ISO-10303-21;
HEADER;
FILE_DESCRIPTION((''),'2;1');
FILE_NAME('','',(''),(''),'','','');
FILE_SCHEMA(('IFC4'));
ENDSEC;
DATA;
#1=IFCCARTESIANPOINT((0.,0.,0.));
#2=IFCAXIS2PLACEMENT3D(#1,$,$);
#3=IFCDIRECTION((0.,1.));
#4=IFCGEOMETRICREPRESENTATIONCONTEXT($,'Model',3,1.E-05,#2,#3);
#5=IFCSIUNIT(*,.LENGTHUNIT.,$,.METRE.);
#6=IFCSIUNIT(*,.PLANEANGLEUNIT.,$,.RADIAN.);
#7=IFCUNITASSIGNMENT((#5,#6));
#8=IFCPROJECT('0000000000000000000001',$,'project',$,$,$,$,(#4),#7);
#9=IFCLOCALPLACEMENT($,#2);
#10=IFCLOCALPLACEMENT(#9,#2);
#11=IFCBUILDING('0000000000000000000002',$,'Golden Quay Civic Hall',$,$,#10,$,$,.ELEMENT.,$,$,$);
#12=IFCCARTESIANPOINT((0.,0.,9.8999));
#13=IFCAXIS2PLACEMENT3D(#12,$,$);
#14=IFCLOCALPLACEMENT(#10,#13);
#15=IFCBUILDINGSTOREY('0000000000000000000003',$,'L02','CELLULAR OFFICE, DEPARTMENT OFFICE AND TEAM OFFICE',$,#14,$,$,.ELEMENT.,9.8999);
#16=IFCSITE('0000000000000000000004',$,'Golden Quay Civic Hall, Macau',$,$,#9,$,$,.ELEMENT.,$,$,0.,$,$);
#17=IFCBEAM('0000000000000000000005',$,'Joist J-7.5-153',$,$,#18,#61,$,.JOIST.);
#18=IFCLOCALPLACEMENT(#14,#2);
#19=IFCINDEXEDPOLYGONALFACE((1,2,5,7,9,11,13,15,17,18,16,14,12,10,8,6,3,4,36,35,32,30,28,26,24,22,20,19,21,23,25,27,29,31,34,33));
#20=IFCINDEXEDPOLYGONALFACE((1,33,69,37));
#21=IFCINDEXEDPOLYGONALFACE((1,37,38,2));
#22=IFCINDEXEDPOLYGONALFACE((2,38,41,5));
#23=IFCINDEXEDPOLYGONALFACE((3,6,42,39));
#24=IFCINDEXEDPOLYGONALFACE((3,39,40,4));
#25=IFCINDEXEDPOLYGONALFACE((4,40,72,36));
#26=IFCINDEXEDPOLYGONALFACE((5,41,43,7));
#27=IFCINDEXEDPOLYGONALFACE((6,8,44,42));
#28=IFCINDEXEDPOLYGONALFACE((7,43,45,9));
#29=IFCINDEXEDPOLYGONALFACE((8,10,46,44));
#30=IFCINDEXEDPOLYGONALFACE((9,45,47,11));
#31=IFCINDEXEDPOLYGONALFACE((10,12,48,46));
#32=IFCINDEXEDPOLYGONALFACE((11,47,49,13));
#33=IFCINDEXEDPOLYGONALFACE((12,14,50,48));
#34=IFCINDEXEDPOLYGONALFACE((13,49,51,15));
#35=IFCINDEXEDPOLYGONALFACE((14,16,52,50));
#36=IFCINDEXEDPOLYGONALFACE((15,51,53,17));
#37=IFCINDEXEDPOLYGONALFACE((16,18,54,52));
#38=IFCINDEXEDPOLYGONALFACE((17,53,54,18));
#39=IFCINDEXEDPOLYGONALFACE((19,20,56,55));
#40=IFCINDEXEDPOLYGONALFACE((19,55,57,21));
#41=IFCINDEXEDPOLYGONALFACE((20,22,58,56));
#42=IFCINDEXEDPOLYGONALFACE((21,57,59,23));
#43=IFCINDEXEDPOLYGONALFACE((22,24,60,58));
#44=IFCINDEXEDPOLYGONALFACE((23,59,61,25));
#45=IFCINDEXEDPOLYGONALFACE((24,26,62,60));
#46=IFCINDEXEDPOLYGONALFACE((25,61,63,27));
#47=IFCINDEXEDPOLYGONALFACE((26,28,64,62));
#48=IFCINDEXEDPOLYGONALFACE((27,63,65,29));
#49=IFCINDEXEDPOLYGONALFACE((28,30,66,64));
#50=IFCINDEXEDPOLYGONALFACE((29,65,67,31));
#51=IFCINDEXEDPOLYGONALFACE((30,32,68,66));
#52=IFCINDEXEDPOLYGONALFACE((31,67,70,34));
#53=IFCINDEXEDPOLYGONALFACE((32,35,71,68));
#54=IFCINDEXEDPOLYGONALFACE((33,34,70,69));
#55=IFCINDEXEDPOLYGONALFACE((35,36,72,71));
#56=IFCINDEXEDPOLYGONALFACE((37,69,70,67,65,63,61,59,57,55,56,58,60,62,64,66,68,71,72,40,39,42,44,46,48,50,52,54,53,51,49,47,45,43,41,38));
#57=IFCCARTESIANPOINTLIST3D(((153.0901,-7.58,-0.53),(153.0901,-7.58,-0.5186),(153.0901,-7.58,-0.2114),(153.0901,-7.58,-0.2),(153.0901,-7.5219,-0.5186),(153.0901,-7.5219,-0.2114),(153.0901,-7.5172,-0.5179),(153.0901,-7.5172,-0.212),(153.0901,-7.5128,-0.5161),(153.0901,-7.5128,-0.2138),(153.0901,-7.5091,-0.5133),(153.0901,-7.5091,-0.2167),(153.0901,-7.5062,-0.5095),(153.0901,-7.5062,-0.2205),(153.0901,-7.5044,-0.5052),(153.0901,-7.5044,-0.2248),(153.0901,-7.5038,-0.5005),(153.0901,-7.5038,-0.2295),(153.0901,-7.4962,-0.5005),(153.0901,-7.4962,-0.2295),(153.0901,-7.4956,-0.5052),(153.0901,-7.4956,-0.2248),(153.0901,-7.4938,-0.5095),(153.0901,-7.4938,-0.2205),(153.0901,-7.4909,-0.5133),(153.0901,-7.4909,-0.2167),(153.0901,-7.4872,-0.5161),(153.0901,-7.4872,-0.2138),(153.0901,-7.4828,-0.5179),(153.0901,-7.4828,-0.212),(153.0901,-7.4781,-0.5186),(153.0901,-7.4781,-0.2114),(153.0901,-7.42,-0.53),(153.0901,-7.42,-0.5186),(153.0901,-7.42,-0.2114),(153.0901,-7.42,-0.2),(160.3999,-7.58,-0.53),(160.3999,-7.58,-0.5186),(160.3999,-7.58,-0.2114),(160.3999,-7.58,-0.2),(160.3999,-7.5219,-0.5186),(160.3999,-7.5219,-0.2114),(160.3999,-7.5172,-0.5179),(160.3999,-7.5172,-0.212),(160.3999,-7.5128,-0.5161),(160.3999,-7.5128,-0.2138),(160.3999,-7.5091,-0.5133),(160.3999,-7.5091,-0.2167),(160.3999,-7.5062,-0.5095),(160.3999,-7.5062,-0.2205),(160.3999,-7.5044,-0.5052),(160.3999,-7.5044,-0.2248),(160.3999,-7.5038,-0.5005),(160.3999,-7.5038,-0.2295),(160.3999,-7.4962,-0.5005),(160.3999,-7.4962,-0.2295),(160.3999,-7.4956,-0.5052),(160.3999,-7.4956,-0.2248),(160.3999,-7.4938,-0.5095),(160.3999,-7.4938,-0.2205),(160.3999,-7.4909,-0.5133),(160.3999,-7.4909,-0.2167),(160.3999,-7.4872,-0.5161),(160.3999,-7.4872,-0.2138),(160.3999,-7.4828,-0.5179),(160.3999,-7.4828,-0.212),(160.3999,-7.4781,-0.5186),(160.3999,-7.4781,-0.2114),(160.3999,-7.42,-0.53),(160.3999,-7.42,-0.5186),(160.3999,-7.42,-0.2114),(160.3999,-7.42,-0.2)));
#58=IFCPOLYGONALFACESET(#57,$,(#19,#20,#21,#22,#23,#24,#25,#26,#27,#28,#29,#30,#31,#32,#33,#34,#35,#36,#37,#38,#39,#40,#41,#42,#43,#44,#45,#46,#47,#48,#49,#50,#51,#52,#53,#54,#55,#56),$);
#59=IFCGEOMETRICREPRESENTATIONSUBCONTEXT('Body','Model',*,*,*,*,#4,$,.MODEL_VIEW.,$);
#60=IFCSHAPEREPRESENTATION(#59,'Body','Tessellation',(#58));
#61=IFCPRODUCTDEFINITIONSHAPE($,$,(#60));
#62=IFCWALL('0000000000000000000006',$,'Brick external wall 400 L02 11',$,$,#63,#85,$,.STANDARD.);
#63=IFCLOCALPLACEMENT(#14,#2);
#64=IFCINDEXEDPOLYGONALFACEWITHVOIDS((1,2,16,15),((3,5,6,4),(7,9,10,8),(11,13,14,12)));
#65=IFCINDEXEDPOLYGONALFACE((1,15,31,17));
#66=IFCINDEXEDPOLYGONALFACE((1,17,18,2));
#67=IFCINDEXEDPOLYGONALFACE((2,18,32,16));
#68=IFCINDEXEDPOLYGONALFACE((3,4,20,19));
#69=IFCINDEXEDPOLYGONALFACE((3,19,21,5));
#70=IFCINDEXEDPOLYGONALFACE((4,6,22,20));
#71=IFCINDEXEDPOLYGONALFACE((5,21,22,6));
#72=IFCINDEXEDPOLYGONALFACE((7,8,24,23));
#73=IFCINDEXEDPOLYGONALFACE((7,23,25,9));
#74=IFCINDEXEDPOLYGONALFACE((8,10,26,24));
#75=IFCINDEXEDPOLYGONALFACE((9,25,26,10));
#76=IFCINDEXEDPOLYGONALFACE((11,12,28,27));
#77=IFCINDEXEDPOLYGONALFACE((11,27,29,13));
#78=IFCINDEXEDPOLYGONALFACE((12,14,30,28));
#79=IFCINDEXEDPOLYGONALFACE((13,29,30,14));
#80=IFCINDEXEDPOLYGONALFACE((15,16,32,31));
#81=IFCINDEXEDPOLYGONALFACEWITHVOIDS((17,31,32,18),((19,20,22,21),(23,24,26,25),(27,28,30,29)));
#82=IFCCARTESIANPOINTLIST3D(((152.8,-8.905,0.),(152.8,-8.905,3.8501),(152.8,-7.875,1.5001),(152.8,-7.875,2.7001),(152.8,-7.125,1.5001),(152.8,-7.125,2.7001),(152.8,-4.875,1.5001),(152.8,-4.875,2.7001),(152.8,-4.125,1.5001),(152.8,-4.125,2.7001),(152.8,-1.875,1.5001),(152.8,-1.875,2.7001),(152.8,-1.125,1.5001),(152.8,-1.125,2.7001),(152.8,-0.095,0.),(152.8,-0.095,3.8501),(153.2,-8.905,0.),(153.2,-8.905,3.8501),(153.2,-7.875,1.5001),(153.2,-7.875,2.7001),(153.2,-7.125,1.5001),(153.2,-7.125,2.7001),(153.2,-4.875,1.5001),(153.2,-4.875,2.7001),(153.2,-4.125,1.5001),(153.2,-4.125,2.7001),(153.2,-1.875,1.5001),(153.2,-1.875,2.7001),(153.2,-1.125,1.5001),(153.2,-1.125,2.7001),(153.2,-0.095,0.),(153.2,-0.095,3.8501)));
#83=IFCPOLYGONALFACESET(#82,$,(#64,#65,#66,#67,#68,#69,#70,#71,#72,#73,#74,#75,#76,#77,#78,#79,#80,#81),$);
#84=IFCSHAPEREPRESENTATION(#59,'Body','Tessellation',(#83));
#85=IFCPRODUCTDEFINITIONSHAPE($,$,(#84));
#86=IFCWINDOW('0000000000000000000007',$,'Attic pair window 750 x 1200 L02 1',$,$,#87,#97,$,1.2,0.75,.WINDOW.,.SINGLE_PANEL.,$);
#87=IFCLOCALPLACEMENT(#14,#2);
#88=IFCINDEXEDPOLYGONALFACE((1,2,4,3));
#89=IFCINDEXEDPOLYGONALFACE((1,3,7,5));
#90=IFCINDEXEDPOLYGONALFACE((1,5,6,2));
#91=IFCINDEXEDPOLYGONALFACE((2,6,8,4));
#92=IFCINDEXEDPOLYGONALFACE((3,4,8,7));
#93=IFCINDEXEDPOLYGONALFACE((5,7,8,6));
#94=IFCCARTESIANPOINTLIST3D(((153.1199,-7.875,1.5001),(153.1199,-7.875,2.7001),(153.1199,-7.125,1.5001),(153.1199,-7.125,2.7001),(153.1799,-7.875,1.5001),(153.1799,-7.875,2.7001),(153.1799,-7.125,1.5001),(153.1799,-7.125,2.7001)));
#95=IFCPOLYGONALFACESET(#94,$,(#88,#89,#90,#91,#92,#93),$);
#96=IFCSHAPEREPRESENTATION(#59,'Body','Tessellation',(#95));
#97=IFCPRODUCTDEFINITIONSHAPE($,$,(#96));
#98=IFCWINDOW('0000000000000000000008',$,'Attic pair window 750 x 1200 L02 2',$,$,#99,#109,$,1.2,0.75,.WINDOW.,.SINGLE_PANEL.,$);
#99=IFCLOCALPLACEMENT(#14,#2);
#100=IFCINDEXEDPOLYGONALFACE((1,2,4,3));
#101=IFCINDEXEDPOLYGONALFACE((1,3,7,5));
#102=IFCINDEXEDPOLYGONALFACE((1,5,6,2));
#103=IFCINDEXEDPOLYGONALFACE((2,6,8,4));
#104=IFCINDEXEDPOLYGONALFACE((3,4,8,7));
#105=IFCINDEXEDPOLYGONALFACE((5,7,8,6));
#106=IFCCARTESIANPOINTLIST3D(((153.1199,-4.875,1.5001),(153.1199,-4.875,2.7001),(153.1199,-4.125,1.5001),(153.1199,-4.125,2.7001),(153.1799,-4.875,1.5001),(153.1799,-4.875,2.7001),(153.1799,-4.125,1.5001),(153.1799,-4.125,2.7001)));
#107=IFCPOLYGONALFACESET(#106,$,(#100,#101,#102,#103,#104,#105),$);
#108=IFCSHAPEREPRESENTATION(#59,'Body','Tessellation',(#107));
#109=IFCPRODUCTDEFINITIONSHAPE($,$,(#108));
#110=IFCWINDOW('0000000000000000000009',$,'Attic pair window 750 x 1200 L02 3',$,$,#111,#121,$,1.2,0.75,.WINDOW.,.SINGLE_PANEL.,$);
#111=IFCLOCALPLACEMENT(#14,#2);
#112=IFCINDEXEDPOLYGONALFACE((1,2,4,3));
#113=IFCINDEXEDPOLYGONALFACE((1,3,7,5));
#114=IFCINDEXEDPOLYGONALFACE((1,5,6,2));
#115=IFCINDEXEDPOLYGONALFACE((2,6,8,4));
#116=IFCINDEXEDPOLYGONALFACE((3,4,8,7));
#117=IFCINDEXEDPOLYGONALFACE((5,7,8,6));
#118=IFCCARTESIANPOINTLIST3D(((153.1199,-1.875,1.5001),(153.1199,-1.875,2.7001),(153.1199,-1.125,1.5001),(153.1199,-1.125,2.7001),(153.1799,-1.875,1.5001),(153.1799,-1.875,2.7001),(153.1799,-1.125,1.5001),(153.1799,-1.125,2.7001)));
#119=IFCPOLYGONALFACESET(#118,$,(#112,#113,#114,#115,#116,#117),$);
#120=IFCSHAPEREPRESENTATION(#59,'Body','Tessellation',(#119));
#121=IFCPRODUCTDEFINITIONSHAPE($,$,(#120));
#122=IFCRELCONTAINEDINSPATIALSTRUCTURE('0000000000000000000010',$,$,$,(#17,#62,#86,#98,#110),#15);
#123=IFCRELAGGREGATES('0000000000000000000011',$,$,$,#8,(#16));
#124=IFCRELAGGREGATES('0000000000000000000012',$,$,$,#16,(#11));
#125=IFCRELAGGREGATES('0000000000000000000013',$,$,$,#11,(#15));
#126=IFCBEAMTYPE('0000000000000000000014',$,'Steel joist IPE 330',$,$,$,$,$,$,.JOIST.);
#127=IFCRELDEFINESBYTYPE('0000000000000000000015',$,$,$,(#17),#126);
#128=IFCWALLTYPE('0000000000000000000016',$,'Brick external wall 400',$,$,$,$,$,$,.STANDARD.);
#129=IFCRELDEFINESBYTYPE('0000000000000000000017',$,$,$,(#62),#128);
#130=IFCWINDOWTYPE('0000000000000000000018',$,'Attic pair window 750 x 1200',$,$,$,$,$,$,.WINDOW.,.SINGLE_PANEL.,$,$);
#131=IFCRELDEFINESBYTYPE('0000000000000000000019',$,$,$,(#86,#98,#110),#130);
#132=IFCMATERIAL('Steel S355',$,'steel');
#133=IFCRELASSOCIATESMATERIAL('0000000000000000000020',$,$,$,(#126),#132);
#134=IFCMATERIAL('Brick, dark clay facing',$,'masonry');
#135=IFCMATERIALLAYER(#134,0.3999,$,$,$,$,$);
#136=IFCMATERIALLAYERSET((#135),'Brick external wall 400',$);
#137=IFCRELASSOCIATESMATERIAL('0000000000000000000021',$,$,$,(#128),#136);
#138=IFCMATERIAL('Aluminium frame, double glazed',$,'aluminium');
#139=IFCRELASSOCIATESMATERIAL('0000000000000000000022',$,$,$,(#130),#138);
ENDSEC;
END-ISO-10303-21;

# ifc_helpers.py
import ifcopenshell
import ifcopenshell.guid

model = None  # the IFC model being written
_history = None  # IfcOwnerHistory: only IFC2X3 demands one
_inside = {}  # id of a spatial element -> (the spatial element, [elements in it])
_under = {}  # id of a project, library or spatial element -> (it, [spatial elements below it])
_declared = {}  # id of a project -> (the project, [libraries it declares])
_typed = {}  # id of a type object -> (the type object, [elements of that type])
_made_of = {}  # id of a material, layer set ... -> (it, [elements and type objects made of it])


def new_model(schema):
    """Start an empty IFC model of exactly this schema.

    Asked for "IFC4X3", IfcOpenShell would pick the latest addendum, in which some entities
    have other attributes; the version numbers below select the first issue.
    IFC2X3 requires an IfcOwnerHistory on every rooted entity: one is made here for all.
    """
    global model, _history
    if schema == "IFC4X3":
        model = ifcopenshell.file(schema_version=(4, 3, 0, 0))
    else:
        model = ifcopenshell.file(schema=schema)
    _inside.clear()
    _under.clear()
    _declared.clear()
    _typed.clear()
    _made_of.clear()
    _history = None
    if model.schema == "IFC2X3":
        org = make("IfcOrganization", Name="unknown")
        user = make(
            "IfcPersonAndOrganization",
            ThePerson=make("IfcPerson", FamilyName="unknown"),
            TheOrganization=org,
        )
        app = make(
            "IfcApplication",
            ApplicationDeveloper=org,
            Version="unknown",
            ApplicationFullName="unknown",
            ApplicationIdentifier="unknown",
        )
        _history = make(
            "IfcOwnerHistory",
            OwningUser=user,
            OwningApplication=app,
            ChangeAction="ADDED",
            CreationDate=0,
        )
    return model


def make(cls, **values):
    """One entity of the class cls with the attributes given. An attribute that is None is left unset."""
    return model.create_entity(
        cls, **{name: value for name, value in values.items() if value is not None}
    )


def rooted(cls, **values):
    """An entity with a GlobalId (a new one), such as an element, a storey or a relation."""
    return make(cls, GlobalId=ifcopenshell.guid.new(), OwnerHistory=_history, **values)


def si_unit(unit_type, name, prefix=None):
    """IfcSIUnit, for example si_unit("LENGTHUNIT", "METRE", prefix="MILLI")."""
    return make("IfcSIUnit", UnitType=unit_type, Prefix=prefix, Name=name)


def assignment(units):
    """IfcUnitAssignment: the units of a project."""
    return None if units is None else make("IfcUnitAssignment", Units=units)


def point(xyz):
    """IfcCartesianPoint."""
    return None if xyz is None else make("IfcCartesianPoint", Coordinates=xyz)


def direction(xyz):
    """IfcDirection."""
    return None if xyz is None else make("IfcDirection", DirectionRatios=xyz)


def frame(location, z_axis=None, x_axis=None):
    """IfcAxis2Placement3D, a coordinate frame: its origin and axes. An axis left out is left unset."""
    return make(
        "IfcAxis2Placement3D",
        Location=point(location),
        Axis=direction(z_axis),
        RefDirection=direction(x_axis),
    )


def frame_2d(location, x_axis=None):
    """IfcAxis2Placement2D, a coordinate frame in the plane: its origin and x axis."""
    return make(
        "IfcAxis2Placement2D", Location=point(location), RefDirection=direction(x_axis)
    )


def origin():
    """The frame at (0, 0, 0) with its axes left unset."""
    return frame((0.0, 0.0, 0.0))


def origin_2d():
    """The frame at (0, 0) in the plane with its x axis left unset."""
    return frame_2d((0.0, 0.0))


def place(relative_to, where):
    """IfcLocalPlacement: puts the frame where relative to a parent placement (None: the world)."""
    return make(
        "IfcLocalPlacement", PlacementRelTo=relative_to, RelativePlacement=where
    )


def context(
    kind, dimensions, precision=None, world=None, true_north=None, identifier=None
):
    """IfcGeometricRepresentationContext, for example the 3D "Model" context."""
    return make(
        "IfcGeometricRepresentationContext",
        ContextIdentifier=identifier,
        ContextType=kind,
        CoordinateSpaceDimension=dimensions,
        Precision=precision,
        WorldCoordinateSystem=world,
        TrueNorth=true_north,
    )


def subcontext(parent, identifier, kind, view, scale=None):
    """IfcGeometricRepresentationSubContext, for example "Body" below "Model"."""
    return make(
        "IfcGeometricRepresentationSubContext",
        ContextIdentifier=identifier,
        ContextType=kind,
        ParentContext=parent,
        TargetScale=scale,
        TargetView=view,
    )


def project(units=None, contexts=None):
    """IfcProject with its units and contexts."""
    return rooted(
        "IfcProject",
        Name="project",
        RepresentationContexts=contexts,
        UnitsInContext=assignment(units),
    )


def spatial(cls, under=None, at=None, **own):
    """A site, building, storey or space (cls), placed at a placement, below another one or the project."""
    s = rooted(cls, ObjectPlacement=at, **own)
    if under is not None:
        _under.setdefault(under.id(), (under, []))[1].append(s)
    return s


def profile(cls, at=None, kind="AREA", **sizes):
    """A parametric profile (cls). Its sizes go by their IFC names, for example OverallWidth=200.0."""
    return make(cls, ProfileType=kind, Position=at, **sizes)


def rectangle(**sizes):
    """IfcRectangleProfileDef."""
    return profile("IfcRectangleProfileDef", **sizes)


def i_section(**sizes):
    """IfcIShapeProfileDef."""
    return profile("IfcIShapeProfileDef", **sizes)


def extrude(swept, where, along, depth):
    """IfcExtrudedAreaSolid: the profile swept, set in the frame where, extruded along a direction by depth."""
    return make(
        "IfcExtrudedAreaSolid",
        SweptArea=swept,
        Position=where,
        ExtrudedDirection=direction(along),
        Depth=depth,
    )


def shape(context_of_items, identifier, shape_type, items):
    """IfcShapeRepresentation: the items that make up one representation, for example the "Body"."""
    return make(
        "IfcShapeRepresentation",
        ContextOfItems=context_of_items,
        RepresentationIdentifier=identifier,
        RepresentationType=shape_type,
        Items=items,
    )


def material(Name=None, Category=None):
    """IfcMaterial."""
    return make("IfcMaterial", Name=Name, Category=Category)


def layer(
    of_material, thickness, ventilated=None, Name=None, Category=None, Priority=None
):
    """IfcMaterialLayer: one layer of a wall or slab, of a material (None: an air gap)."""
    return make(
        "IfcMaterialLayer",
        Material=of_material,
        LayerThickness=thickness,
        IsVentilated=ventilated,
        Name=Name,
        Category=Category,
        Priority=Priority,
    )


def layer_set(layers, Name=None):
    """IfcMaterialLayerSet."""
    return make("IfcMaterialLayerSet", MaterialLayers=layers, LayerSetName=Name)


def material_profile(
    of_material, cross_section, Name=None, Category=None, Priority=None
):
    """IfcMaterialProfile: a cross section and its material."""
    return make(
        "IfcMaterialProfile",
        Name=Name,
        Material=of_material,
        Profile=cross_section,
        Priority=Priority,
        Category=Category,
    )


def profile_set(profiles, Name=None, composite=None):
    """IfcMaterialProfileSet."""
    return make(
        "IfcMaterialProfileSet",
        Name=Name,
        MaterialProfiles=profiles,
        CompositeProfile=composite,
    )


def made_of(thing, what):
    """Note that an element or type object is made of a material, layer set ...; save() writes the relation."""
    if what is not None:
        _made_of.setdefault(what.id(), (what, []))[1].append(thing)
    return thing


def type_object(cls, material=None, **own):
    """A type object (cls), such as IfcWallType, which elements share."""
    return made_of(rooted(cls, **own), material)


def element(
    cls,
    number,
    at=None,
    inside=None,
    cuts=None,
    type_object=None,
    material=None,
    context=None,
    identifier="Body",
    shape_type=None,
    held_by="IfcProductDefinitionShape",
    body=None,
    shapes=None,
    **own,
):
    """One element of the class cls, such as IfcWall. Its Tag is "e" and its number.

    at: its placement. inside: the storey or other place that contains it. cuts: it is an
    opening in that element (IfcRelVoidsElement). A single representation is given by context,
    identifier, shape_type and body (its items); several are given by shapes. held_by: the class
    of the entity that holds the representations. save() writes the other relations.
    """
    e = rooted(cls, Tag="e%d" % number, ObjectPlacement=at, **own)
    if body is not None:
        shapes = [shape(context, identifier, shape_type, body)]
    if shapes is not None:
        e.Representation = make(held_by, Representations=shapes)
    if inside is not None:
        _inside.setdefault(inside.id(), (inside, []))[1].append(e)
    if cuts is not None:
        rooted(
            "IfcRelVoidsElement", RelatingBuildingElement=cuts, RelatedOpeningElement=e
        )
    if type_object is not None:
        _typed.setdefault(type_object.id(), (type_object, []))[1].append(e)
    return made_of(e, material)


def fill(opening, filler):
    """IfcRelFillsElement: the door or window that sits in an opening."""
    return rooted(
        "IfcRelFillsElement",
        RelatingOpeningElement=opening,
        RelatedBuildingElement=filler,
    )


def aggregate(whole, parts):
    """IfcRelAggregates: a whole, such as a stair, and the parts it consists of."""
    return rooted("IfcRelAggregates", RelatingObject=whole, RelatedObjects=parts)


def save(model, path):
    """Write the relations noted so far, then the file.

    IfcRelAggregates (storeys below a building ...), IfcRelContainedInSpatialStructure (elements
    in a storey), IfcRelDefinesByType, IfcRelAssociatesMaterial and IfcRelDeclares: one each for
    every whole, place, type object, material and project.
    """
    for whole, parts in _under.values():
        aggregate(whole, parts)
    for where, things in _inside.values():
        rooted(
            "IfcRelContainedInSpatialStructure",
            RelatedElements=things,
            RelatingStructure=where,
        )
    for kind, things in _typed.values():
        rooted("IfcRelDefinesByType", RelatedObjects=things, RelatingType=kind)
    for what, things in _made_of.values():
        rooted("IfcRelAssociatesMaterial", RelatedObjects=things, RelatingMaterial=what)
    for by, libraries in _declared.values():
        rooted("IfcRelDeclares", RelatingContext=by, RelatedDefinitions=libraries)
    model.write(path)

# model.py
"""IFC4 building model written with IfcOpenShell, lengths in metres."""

from ifc_helpers import new_model, si_unit, direction, frame, frame_2d, origin, origin_2d, place, context, subcontext, project, spatial, rectangle, i_section, extrude, material, layer, layer_set, material_profile, profile_set, type_object, element, fill, save


model = new_model("IFC4")

# Units and contexts
model_context = context("Model", 3, precision=1e-05, world=origin(), true_north=direction((0.0, 1.0)))
body_context = subcontext(model_context, "Body", "Model", "MODEL_VIEW")
ifc_project = project(units=[si_unit("LENGTHUNIT", "METRE"), si_unit("PLANEANGLEUNIT", "RADIAN")], contexts=[model_context])

# Site, building, storey
site_placement = place(None, origin())
site = spatial("IfcSite", under=ifc_project, at=site_placement, Name="Golden Quay Civic Hall, Macau", CompositionType="ELEMENT", RefElevation=0.0)
building_placement = place(site_placement, origin())
building = spatial("IfcBuilding", under=site, at=building_placement, Name="Golden Quay Civic Hall", CompositionType="ELEMENT")
storey_placement = place(building_placement, frame((0.0, 0.0, 9.8999)))
storey = spatial("IfcBuildingStorey", under=building, at=storey_placement, Name="L02", Description="CELLULAR OFFICE, DEPARTMENT OFFICE AND TEAM OFFICE", CompositionType="ELEMENT", Elevation=9.8999)

# Beam
ifc_material_1 = material(Name="Steel S355", Category="steel")
ifc_material_profile_1 = material_profile(ifc_material_1, i_section(OverallWidth=0.1599, OverallDepth=0.3301, WebThickness=0.0076, FlangeThickness=0.0115, FilletRadius=0.0181, at=origin_2d()), Name="IPE 330")
ifc_profile_set_1 = profile_set([ifc_material_profile_1], Name="Steel S355")
beam_type_1 = type_object("IfcBeamType", Name="Steel joist IPE 330", PredefinedType="JOIST", material=ifc_profile_set_1)
beam_1_placement = place(storey_placement, frame((153.0901, -7.5, -0.365), z_axis=(1.0, 0.0, 0.0), x_axis=(0.0, 1.0, 0.0)))
element("IfcBeam", 1, at=beam_1_placement, inside=storey, type_object=beam_type_1, Name="Joist J-7.5-153", PredefinedType="JOIST", context=body_context, shape_type="SweptSolid", body=[
    extrude(i_section(OverallWidth=0.1599, OverallDepth=0.3301, WebThickness=0.0076, FlangeThickness=0.0115, FilletRadius=0.0181, at=origin_2d()), origin(), (0.0, 0.0, 1.0), 7.3098),
])

# Wall, openings, windows
ifc_material_2 = material(Name="Brick, dark clay facing", Category="masonry")
ifc_layer = layer(ifc_material_2, 0.3999)
ifc_layer_set = layer_set([ifc_layer], Name="Brick external wall 400")
wall_type = type_object("IfcWallType", Name="Brick external wall 400", PredefinedType="STANDARD", material=ifc_layer_set)
wall_placement = place(storey_placement, frame((153.0, -8.905, 0.0), z_axis=(0.0, 0.0, 1.0), x_axis=(0.0, 1.0, 0.0)))
wall = element("IfcWall", 2, at=wall_placement, inside=storey, type_object=wall_type, Name="Brick external wall 400 L02 11", PredefinedType="STANDARD", context=body_context, shape_type="SweptSolid", body=[
    extrude(rectangle(XDim=8.8101, YDim=0.3999, at=frame_2d((4.405, 0.0))), origin(), (0.0, 0.0, 1.0), 3.8501),
])
opening_1_placement = place(wall_placement, frame((1.03, 0.0, 1.5)))
opening_1 = element("IfcOpeningElement", 3, at=opening_1_placement, cuts=wall, PredefinedType="OPENING", context=body_context, shape_type="SweptSolid", body=[
    extrude(rectangle(XDim=0.75, YDim=1.2, at=frame_2d((0.375, 0.6001))), frame((0.0, 0.21, 0.0), z_axis=(0.0, -1.0, 0.0), x_axis=(1.0, 0.0, 0.0)), (0.0, 0.0, 1.0), 0.4199),
])
opening_2_placement = place(wall_placement, frame((4.03, 0.0, 1.5)))
opening_2 = element("IfcOpeningElement", 4, at=opening_2_placement, cuts=wall, PredefinedType="OPENING", context=body_context, shape_type="SweptSolid", body=[
    extrude(rectangle(XDim=0.75, YDim=1.2, at=frame_2d((0.375, 0.6001))), frame((0.0, 0.21, 0.0), z_axis=(0.0, -1.0, 0.0), x_axis=(1.0, 0.0, 0.0)), (0.0, 0.0, 1.0), 0.4199),
])
opening_3_placement = place(wall_placement, frame((7.03, 0.0, 1.5)))
opening_3 = element("IfcOpeningElement", 5, at=opening_3_placement, cuts=wall, PredefinedType="OPENING", context=body_context, shape_type="SweptSolid", body=[
    extrude(rectangle(XDim=0.75, YDim=1.2, at=frame_2d((0.375, 0.6001))), frame((0.0, 0.21, 0.0), z_axis=(0.0, -1.0, 0.0), x_axis=(1.0, 0.0, 0.0)), (0.0, 0.0, 1.0), 0.4199),
])
ifc_material_3 = material(Name="Aluminium frame, double glazed", Category="aluminium")
window_type = type_object("IfcWindowType", Name="Attic pair window 750 x 1200", PartitioningType="SINGLE_PANEL", PredefinedType="WINDOW", material=ifc_material_3)
window_1_placement = place(opening_1_placement, origin())
window_1 = element("IfcWindow", 6, at=window_1_placement, inside=storey, type_object=window_type, Name="Attic pair window 750 x 1200 L02 1", OverallHeight=1.2, OverallWidth=0.75, PartitioningType="SINGLE_PANEL", PredefinedType="WINDOW", context=body_context, shape_type="SweptSolid", body=[
    extrude(rectangle(XDim=0.75, YDim=1.2, at=frame_2d((0.375, 0.6001))), frame((0.0, -0.1199, 0.0), z_axis=(0.0, -1.0, 0.0), x_axis=(1.0, 0.0, 0.0)), (0.0, 0.0, 1.0), 0.0601),
])
fill(opening_1, window_1)
window_2_placement = place(opening_2_placement, origin())
window_2 = element("IfcWindow", 7, at=window_2_placement, inside=storey, type_object=window_type, Name="Attic pair window 750 x 1200 L02 2", OverallHeight=1.2, OverallWidth=0.75, PartitioningType="SINGLE_PANEL", PredefinedType="WINDOW", context=body_context, shape_type="SweptSolid", body=[
    extrude(rectangle(XDim=0.75, YDim=1.2, at=frame_2d((0.375, 0.6001))), frame((0.0, -0.1199, 0.0), z_axis=(0.0, -1.0, 0.0), x_axis=(1.0, 0.0, 0.0)), (0.0, 0.0, 1.0), 0.0601),
])
fill(opening_2, window_2)
window_3_placement = place(opening_3_placement, origin())
window_3 = element("IfcWindow", 8, at=window_3_placement, inside=storey, type_object=window_type, Name="Attic pair window 750 x 1200 L02 3", OverallHeight=1.2, OverallWidth=0.75, PartitioningType="SINGLE_PANEL", PredefinedType="WINDOW", context=body_context, shape_type="SweptSolid", body=[
    extrude(rectangle(XDim=0.75, YDim=1.2, at=frame_2d((0.375, 0.6001))), frame((0.0, -0.1199, 0.0), z_axis=(0.0, -1.0, 0.0), x_axis=(1.0, 0.0, 0.0)), (0.0, 0.0, 1.0), 0.0601),
])
fill(opening_3, window_3)

save(model, "model.ifc")
